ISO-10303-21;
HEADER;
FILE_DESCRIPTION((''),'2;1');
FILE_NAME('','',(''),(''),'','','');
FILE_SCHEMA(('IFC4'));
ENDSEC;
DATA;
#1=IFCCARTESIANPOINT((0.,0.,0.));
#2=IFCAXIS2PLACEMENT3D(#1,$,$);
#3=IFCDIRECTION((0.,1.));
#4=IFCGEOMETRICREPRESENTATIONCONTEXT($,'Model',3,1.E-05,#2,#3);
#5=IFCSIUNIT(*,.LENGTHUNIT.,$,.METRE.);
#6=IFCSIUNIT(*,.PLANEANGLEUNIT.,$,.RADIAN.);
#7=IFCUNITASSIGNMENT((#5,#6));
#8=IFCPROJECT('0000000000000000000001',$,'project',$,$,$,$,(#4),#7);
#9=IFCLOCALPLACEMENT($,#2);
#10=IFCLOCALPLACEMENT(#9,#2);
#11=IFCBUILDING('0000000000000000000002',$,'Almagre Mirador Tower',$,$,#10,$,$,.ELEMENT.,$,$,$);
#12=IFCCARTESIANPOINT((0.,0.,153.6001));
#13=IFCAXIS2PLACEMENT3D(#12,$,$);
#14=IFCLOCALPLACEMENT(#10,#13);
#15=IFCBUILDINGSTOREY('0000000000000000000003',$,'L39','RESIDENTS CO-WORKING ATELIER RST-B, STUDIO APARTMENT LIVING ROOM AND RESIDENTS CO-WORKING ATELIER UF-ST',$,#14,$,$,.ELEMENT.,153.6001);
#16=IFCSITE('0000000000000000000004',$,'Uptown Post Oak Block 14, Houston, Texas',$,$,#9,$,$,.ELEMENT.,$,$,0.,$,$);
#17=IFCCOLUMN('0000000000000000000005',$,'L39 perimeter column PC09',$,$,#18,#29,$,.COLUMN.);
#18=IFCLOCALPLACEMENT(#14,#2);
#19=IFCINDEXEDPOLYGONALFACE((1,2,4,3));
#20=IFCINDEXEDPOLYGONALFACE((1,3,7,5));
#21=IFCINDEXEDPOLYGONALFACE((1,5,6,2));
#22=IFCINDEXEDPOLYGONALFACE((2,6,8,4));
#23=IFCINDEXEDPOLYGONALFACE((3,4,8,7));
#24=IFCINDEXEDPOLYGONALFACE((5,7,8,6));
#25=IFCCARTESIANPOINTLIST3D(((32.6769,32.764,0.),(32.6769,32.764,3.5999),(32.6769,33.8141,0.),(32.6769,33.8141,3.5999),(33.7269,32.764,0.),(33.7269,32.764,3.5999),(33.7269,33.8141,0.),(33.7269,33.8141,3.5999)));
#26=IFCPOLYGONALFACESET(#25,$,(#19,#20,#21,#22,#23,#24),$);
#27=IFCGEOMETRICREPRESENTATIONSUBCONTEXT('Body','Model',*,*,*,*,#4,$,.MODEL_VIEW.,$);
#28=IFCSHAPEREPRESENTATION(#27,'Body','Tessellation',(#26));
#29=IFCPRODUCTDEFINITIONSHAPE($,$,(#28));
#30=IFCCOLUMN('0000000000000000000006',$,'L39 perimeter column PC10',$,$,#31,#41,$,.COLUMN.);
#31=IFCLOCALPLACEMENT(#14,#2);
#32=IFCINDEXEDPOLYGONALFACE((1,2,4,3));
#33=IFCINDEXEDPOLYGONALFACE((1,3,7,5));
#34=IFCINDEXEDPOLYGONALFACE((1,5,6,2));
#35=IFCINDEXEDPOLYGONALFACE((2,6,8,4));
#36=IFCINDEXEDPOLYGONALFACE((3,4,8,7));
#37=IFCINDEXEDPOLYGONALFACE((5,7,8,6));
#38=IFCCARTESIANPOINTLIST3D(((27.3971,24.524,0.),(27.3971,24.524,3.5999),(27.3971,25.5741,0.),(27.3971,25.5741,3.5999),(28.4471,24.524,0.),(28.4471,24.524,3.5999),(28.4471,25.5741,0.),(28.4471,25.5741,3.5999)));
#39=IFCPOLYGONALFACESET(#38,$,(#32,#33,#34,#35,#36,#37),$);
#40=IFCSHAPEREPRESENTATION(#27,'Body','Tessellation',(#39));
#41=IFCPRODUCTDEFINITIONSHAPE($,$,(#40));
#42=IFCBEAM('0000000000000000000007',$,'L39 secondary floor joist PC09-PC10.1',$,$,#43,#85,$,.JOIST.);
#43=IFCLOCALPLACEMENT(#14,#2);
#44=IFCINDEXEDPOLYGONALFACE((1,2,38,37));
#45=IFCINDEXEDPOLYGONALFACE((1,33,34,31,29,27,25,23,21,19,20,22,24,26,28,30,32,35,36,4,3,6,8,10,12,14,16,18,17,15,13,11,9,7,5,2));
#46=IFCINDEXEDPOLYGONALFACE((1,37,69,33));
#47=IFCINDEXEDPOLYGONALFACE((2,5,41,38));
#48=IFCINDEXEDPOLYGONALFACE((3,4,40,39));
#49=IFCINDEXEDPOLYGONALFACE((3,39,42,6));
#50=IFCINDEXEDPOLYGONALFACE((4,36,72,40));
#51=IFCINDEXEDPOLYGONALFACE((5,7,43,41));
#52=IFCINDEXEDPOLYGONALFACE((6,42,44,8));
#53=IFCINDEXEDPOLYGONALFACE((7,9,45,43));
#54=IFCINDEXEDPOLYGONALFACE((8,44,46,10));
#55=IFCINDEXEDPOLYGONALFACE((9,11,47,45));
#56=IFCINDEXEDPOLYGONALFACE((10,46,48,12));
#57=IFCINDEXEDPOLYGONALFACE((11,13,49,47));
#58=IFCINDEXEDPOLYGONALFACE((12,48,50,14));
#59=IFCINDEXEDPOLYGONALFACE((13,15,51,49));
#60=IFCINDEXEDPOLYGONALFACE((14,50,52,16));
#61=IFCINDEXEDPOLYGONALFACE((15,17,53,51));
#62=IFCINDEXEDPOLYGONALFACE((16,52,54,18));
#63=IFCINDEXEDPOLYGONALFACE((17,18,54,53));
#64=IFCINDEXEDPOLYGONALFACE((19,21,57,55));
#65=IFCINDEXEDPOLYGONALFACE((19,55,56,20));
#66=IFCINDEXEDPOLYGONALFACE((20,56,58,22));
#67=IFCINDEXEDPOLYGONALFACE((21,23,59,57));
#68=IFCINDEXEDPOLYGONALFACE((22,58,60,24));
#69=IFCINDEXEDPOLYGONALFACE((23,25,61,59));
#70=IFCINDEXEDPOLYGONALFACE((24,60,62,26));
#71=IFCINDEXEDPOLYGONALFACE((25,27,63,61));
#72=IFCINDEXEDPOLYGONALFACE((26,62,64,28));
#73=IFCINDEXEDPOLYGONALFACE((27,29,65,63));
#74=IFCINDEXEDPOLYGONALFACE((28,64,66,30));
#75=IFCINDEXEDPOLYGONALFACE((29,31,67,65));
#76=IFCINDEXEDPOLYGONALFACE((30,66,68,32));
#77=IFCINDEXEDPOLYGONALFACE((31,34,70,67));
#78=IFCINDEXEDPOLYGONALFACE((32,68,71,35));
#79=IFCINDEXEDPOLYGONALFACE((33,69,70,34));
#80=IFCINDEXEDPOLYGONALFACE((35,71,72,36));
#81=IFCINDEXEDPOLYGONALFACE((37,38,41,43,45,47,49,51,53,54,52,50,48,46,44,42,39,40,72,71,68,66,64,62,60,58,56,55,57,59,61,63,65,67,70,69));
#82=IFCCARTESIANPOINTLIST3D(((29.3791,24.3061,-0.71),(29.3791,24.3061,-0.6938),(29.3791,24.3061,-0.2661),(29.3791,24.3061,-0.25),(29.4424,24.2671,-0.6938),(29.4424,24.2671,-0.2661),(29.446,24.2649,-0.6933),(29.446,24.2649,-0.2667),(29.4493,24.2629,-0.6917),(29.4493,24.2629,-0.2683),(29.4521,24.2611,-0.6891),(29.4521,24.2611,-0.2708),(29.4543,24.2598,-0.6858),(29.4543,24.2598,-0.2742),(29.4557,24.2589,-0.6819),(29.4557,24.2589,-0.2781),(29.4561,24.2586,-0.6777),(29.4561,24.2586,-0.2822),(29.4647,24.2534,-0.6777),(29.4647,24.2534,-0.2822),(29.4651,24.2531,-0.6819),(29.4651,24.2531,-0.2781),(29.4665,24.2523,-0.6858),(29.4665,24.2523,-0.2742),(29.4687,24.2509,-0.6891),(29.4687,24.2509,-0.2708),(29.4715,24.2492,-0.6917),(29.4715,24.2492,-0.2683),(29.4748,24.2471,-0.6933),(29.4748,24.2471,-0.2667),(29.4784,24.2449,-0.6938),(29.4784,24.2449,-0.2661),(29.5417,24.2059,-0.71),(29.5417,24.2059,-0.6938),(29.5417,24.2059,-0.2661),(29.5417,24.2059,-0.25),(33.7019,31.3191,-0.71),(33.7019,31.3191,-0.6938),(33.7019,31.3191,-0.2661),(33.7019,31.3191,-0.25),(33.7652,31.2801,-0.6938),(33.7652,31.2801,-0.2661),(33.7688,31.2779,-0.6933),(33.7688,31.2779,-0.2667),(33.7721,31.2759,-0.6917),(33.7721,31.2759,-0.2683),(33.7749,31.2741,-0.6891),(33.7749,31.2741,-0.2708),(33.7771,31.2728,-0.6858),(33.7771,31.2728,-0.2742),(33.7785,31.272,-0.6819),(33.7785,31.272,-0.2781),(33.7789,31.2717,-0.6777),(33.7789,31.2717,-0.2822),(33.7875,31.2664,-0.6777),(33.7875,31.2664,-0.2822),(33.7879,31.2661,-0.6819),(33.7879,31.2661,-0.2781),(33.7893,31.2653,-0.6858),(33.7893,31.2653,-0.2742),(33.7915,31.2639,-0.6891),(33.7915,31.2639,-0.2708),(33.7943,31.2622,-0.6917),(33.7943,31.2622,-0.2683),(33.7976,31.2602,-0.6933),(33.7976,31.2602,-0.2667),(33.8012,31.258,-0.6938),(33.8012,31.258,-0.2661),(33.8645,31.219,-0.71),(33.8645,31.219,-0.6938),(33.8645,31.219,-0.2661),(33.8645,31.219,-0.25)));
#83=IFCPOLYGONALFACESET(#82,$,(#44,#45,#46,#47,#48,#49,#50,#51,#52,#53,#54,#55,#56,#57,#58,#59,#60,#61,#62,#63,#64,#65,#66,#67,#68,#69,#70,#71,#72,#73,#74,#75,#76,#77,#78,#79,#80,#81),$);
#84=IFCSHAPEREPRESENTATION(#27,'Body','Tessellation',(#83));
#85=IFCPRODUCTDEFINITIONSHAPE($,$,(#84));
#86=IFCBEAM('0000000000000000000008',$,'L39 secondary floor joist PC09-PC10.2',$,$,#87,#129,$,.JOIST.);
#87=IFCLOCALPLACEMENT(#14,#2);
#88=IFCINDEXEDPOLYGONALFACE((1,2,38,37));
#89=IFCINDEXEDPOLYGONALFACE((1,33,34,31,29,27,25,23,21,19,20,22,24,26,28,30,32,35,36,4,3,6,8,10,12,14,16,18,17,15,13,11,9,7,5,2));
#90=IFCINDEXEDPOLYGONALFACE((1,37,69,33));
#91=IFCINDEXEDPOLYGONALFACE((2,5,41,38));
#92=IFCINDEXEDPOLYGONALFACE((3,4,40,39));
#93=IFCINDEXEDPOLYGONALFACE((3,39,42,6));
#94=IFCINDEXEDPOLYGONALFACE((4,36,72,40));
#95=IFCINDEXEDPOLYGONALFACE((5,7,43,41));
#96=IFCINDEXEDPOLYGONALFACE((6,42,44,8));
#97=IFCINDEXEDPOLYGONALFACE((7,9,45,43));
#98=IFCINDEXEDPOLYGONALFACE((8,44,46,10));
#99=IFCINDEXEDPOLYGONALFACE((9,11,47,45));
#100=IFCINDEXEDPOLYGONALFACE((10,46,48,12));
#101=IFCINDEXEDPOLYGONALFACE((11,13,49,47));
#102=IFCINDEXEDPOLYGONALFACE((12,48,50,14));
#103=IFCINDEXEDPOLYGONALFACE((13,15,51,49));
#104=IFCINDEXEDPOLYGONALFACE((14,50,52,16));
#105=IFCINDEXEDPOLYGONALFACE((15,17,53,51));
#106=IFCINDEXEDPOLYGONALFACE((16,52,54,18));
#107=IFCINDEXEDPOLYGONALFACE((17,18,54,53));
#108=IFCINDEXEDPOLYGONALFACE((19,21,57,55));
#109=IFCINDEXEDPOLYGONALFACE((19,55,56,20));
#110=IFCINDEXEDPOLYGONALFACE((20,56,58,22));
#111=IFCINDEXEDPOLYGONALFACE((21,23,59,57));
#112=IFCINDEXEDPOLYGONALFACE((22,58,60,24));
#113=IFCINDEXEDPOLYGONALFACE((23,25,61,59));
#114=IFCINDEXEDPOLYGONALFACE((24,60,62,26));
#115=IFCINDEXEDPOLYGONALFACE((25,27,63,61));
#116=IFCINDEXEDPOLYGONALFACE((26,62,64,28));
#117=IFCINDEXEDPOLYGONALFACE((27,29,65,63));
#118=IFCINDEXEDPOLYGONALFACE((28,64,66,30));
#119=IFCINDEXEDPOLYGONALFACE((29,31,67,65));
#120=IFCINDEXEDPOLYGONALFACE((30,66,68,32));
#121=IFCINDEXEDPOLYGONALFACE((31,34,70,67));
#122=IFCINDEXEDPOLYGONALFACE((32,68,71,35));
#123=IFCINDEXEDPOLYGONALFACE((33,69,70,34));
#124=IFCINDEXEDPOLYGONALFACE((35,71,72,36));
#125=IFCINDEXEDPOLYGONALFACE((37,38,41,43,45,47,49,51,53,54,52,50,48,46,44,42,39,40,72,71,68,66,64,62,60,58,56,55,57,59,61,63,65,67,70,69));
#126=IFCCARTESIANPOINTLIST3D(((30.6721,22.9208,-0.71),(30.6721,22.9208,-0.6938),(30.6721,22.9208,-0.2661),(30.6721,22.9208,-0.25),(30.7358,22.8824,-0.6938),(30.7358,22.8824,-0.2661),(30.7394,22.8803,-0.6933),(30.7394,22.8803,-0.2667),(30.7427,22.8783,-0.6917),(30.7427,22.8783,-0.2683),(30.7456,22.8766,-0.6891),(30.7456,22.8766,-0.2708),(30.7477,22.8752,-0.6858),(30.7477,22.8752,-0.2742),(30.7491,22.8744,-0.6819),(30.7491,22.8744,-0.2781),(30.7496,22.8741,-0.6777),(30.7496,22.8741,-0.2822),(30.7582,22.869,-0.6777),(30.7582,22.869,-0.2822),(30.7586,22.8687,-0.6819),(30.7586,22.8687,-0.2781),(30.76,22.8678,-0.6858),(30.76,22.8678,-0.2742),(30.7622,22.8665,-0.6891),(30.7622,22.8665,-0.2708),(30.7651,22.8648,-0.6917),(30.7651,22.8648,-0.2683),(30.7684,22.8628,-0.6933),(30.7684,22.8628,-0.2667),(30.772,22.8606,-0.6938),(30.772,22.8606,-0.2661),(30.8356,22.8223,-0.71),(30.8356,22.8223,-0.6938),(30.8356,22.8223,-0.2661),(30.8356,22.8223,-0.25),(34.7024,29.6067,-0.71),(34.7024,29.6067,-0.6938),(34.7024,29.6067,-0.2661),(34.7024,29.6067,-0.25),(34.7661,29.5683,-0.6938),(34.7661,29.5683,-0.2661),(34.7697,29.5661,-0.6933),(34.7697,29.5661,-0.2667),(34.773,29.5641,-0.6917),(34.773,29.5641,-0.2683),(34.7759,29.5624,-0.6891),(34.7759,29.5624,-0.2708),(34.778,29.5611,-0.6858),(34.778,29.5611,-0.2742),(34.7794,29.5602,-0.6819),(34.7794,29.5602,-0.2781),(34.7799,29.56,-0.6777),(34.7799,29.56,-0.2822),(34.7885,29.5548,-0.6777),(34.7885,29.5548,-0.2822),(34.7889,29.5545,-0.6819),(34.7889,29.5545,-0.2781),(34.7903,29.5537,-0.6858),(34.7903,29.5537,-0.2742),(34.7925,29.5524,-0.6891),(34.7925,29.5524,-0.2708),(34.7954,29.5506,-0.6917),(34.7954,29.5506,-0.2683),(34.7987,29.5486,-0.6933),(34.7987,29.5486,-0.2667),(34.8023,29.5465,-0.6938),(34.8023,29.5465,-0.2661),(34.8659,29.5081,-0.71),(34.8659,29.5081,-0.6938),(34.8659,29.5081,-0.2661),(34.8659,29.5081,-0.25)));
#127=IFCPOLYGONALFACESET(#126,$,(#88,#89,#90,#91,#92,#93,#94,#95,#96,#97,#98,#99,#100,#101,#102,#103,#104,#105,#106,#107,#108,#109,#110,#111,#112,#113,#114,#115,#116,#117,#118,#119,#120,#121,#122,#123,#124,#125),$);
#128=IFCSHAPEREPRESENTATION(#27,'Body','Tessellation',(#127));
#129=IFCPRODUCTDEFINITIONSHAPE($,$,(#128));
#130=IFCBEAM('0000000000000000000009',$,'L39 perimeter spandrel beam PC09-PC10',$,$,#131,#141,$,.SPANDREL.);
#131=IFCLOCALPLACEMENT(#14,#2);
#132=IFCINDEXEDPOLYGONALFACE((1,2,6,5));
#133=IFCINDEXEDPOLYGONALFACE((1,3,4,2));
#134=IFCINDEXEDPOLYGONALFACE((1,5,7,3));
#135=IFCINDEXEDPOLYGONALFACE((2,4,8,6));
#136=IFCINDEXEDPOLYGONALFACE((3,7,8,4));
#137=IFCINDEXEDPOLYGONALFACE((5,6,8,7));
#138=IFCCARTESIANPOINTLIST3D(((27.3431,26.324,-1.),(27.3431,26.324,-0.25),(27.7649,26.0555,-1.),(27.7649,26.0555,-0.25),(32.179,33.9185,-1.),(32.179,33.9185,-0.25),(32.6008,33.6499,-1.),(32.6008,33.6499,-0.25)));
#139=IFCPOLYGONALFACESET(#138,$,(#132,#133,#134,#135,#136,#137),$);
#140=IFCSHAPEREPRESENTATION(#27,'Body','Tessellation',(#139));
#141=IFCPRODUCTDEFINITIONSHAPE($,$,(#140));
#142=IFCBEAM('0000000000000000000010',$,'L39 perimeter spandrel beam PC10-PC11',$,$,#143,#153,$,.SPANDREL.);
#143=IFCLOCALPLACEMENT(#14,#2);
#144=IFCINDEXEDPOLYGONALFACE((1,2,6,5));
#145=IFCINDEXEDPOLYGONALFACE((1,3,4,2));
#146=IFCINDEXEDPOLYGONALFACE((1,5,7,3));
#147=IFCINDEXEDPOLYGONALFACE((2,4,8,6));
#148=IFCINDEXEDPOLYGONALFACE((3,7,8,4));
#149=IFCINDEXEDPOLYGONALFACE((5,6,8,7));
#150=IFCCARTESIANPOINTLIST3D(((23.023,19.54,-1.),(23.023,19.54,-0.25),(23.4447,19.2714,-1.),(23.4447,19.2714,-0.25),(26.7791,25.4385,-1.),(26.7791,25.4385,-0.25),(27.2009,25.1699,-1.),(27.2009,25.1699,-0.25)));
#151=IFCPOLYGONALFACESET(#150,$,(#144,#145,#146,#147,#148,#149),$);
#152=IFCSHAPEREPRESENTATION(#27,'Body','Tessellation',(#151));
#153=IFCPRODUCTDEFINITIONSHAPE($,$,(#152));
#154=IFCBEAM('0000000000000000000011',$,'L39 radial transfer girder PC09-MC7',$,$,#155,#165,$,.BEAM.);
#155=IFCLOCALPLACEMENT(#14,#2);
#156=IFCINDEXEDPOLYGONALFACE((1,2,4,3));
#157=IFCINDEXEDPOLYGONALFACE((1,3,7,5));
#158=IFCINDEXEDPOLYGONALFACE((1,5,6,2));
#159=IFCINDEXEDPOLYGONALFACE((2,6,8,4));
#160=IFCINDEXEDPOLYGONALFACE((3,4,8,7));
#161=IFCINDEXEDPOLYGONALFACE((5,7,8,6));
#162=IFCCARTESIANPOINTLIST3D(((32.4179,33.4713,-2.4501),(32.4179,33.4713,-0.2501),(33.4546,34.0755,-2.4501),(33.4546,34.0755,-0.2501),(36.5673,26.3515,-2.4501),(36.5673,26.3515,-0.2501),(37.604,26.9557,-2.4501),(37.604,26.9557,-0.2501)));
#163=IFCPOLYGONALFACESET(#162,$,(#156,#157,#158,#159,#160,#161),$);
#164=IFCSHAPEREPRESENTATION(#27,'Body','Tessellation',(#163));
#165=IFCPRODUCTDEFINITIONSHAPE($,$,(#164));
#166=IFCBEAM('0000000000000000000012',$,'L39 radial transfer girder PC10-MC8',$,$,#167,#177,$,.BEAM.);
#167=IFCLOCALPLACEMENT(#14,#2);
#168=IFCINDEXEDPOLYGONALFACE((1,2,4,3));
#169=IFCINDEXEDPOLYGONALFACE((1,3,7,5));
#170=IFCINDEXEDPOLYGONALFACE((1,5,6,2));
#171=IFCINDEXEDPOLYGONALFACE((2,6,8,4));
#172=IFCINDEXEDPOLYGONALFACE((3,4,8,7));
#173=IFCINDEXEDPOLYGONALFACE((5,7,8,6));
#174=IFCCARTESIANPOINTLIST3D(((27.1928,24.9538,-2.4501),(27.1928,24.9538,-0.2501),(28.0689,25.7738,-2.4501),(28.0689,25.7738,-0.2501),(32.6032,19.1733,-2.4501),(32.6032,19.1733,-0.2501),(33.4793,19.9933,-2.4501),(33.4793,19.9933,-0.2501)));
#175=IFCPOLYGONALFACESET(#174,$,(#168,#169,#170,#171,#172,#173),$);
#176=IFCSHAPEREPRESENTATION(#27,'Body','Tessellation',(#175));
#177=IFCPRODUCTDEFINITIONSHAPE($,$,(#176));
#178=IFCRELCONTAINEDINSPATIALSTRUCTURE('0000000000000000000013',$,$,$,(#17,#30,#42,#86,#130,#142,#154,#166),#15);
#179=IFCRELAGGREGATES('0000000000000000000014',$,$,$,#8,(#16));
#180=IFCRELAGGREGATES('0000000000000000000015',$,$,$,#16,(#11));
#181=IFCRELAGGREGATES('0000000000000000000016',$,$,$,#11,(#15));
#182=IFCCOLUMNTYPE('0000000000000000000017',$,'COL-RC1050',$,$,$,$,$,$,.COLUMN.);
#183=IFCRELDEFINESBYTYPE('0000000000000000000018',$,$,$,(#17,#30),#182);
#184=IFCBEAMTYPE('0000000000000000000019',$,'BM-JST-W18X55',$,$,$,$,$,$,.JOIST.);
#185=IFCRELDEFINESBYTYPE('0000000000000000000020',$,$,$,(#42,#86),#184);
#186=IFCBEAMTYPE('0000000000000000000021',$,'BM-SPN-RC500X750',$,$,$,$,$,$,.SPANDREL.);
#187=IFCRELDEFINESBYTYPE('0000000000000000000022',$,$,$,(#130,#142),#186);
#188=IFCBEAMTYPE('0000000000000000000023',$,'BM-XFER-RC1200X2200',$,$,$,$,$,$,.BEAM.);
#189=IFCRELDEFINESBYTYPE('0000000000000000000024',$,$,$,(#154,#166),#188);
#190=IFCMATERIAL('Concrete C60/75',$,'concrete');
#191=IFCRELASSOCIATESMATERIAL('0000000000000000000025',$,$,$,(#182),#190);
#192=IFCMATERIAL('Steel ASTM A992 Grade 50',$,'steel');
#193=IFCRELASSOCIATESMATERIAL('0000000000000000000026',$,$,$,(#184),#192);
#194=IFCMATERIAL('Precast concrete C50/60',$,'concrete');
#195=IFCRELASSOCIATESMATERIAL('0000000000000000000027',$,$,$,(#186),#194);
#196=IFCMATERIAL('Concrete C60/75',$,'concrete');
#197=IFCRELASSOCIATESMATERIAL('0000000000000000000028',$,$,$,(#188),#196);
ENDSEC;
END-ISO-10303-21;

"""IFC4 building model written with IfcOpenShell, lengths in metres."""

from ifc_helpers import new_model, si_unit, direction, frame, origin, origin_2d, place, context, subcontext, project, spatial, rectangle, i_section, extrude, material, material_profile, profile_set, type_object, element, save


model = new_model("IFC4")

# Units and contexts
model_context = context("Model", 3, precision=1e-05, world=origin(), true_north=direction((0.0, 1.0)))
body_context = subcontext(model_context, "Body", "Model", "MODEL_VIEW")
ifc_project = project(units=[si_unit("LENGTHUNIT", "METRE"), si_unit("PLANEANGLEUNIT", "RADIAN")], contexts=[model_context])

# Site, building, storey
site_placement = place(None, origin())
site = spatial("IfcSite", under=ifc_project, at=site_placement, Name="Uptown Post Oak Block 14, Houston, Texas", CompositionType="ELEMENT", RefElevation=0.0)
building_placement = place(site_placement, origin())
building = spatial("IfcBuilding", under=site, at=building_placement, Name="Almagre Mirador Tower", CompositionType="ELEMENT")
storey_placement = place(building_placement, frame((0.0, 0.0, 153.6001)))
storey = spatial("IfcBuildingStorey", under=building, at=storey_placement, Name="L39", Description="RESIDENTS CO-WORKING ATELIER RST-B, STUDIO APARTMENT LIVING ROOM AND RESIDENTS CO-WORKING ATELIER UF-ST", CompositionType="ELEMENT", Elevation=153.6001)

# Columns
ifc_material_1 = material(Name="Concrete C60/75", Category="concrete")
ifc_material_profile_1 = material_profile(ifc_material_1, rectangle(XDim=1.05, YDim=1.05, at=origin_2d()), Name="RC1050X1050")
ifc_profile_set_1 = profile_set([ifc_material_profile_1], Name="Concrete C60/75")
column_type = type_object("IfcColumnType", Name="COL-RC1050", PredefinedType="COLUMN", material=ifc_profile_set_1)
for number, where, z_axis, x_axis, name in (
    (1, (33.2019, 33.2891, 0.0), (0.0, 0.0, 1.0), (1.0, 0.0, 0.0), "L39 perimeter column PC09"),
    (2, (27.9221, 25.0491, 0.0), (0.0, 0.0, 1.0), (1.0, 0.0, 0.0), "L39 perimeter column PC10"),
):
    element("IfcColumn", number, at=place(storey_placement, frame(where, z_axis=z_axis, x_axis=x_axis)), inside=storey, type_object=column_type, Name=name, PredefinedType="COLUMN", context=body_context, shape_type="SweptSolid", body=[
        extrude(rectangle(XDim=1.05, YDim=1.05, at=origin_2d()), origin(), (0.0, 0.0, 1.0), 3.5999),
    ])

# Beams
ifc_material_2 = material(Name="Steel ASTM A992 Grade 50", Category="steel")
ifc_material_profile_2 = material_profile(ifc_material_2, i_section(OverallWidth=0.1909, OverallDepth=0.46, WebThickness=0.01, FlangeThickness=0.0161, FilletRadius=0.0161, at=origin_2d()), Name="W18X55")
ifc_profile_set_2 = profile_set([ifc_material_profile_2], Name="Steel ASTM A992 Grade 50")
beam_type_1 = type_object("IfcBeamType", Name="BM-JST-W18X55", PredefinedType="JOIST", material=ifc_profile_set_2)
beam_1_placement = place(storey_placement, frame((33.7832, 31.269, -0.48), z_axis=(-0.524722, -0.851273, 0.0), x_axis=(0.851273, -0.524722, 0.0)))
element("IfcBeam", 3, at=beam_1_placement, inside=storey, type_object=beam_type_1, Name="L39 secondary floor joist PC09-PC10.1", PredefinedType="JOIST", context=body_context, shape_type="SweptSolid", body=[
    extrude(i_section(OverallWidth=0.1909, OverallDepth=0.46, WebThickness=0.01, FlangeThickness=0.0161, FilletRadius=0.0161, at=origin_2d()), origin(), (0.0, 0.0, 1.0), 8.2383),
])
beam_2_placement = place(storey_placement, frame((34.7842, 29.5574, -0.48), z_axis=(-0.516265, -0.856429, 0.0), x_axis=(0.856429, -0.516265, 0.0)))
element("IfcBeam", 4, at=beam_2_placement, inside=storey, type_object=beam_type_1, Name="L39 secondary floor joist PC09-PC10.2", PredefinedType="JOIST", context=body_context, shape_type="SweptSolid", body=[
    extrude(i_section(OverallWidth=0.1909, OverallDepth=0.46, WebThickness=0.01, FlangeThickness=0.0161, FilletRadius=0.0161, at=origin_2d()), origin(), (0.0, 0.0, 1.0), 7.8066),
])
ifc_material_3 = material(Name="Precast concrete C50/60", Category="concrete")
ifc_material_profile_3 = material_profile(ifc_material_3, rectangle(XDim=0.5, YDim=0.75, at=origin_2d()), Name="RC500X750")
ifc_profile_set_3 = profile_set([ifc_material_profile_3], Name="Precast concrete C50/60")
beam_type_2 = type_object("IfcBeamType", Name="BM-SPN-RC500X750", PredefinedType="SPANDREL", material=ifc_profile_set_3)
beam_3_placement = place(storey_placement, frame((32.3899, 33.7842, -0.625), z_axis=(-0.537119, -0.843506, 0.0), x_axis=(0.843506, -0.537119, 0.0)))
element("IfcBeam", 5, at=beam_3_placement, inside=storey, type_object=beam_type_2, Name="L39 perimeter spandrel beam PC09-PC10", PredefinedType="SPANDREL", context=body_context, shape_type="SweptSolid", body=[
    extrude(rectangle(XDim=0.5, YDim=0.75, at=origin_2d()), origin(), (0.0, 0.0, 1.0), 9.0034),
])
beam_4_placement = place(storey_placement, frame((26.99, 25.3042, -0.625), z_axis=(-0.537135, -0.843496, 0.0), x_axis=(0.843496, -0.537135, 0.0)))
element("IfcBeam", 6, at=beam_4_placement, inside=storey, type_object=beam_type_2, Name="L39 perimeter spandrel beam PC10-PC11", PredefinedType="SPANDREL", context=body_context, shape_type="SweptSolid", body=[
    extrude(rectangle(XDim=0.5, YDim=0.75, at=origin_2d()), origin(), (0.0, 0.0, 1.0), 6.9929),
])
ifc_material_4 = material(Name="Concrete C60/75", Category="concrete")
ifc_material_profile_4 = material_profile(ifc_material_4, rectangle(XDim=1.2, YDim=2.2, at=origin_2d()), Name="RC1200X2200")
ifc_profile_set_4 = profile_set([ifc_material_profile_4], Name="Concrete C60/75")
beam_type_3 = type_object("IfcBeamType", Name="BM-XFER-RC1200X2200", PredefinedType="BEAM", material=ifc_profile_set_4)
beam_5_placement = place(storey_placement, frame((32.9363, 33.7734, -1.3501), z_axis=(0.503523, -0.863982, 0.0), x_axis=(0.863982, 0.503523, 0.0)))
element("IfcBeam", 7, at=beam_5_placement, inside=storey, type_object=beam_type_3, Name="L39 radial transfer girder PC09-MC7", PredefinedType="BEAM", context=body_context, shape_type="SweptSolid", body=[
    extrude(rectangle(XDim=1.2, YDim=2.2, at=origin_2d()), origin(), (0.0, 0.0, 1.0), 8.2407),
])
beam_6_placement = place(storey_placement, frame((27.6309, 25.3638, -1.3501), z_axis=(0.683347, -0.730094, 0.0), x_axis=(0.730094, 0.683347, 0.0)))
element("IfcBeam", 8, at=beam_6_placement, inside=storey, type_object=beam_type_3, Name="L39 radial transfer girder PC10-MC8", PredefinedType="BEAM", context=body_context, shape_type="SweptSolid", body=[
    extrude(rectangle(XDim=1.2, YDim=2.2, at=origin_2d()), origin(), (0.0, 0.0, 1.0), 7.9175),
])

save(model, "model.ifc")
